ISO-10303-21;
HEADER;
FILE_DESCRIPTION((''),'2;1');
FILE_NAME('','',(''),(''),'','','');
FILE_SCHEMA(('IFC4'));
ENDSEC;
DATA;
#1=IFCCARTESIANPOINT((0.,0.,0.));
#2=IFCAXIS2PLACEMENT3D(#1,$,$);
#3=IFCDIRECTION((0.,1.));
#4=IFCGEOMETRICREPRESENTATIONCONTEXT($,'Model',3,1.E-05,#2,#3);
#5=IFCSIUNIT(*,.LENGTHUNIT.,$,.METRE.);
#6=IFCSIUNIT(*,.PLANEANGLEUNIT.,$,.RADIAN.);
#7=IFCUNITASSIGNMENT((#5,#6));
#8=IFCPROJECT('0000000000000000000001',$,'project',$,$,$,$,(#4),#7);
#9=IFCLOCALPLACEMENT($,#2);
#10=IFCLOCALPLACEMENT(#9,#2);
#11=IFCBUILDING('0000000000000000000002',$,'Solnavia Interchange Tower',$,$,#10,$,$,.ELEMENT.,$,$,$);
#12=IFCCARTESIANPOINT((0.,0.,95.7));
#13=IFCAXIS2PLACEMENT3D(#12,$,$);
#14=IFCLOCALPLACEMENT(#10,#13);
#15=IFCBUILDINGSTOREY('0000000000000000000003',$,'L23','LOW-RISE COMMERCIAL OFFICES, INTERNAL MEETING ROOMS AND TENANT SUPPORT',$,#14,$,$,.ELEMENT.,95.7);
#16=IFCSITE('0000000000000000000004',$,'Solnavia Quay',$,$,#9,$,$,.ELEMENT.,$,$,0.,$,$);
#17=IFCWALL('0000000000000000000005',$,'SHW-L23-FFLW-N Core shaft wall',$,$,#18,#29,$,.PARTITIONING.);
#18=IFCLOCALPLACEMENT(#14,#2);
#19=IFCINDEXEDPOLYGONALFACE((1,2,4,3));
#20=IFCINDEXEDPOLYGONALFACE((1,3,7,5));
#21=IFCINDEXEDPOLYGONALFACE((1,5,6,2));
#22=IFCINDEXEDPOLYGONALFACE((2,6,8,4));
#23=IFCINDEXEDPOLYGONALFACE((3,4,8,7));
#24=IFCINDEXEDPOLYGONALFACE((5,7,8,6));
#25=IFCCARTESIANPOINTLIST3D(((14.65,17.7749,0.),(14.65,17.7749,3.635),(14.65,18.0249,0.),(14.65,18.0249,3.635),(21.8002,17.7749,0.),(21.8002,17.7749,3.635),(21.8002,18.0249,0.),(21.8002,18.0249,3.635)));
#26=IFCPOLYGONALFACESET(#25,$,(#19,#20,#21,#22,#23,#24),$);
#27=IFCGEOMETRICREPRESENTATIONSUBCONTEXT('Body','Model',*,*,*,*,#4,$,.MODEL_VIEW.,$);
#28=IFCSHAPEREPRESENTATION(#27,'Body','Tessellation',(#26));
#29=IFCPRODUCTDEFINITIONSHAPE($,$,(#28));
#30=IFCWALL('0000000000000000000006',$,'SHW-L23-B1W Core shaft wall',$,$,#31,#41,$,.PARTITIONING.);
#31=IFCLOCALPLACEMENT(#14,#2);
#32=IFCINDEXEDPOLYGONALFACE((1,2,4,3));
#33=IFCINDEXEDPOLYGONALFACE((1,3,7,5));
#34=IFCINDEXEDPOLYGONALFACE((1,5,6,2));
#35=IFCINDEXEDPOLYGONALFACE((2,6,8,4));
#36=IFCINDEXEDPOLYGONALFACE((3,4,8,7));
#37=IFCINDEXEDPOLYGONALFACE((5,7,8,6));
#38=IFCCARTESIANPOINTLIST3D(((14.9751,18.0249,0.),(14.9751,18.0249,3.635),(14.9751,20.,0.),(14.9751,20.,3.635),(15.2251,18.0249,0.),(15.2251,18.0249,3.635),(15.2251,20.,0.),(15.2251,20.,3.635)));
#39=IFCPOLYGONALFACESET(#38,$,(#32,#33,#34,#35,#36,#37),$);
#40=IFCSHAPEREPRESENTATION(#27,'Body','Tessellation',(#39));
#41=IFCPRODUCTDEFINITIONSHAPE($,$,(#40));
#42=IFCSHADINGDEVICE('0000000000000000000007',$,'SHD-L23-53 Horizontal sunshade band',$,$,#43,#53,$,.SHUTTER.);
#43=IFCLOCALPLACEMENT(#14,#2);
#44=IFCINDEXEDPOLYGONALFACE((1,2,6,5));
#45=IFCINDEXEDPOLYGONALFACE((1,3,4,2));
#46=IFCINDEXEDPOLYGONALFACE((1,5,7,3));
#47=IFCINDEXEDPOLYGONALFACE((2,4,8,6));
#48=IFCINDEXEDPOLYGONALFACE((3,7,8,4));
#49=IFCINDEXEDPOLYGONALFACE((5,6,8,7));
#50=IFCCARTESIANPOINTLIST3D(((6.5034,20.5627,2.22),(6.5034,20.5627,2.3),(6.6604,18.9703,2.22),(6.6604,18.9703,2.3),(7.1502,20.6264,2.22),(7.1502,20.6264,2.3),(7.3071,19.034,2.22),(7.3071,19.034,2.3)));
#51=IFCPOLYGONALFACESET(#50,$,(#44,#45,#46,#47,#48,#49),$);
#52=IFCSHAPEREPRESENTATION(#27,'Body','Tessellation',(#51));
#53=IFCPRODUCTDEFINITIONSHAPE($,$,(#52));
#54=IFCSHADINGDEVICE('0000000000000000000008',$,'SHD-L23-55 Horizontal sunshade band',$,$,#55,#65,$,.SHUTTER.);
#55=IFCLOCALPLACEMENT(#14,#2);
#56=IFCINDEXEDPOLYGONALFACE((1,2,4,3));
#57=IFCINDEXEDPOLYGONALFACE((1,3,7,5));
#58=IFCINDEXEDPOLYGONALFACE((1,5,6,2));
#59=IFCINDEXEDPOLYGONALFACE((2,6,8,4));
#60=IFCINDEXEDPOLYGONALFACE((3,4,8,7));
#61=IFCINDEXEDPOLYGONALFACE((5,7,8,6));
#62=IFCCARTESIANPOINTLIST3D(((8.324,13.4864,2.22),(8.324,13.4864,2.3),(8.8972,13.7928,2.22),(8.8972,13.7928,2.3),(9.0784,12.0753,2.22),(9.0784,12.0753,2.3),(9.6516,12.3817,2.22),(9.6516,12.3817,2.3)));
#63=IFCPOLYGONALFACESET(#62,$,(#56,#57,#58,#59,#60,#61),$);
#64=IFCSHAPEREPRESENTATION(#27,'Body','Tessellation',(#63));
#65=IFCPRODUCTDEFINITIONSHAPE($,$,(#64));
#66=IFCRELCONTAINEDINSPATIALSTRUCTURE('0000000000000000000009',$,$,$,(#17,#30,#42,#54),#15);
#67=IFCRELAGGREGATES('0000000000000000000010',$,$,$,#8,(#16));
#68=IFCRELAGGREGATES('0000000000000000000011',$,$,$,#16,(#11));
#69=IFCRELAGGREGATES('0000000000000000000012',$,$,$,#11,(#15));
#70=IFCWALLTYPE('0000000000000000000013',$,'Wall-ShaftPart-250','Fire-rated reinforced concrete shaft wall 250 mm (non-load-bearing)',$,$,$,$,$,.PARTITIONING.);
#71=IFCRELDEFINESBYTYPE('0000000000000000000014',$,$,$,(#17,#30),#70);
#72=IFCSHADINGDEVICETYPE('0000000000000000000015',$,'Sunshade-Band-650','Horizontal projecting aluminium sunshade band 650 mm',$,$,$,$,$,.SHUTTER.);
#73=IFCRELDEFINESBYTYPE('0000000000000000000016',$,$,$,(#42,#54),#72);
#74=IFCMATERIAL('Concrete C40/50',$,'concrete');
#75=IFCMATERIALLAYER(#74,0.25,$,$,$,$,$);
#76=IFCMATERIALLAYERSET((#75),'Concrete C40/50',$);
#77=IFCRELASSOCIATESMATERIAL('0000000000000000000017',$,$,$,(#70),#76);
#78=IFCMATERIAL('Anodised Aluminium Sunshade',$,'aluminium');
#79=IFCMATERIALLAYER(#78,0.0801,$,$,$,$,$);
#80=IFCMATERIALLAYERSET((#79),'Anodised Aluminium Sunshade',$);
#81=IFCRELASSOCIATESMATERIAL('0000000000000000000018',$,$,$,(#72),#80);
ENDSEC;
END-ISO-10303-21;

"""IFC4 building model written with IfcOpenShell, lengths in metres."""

from ifc_helpers import new_model, si_unit, direction, frame, frame_2d, origin, origin_2d, place, context, subcontext, project, spatial, rectangle, extrude, material, layer, layer_set, type_object, element, save


model = new_model("IFC4")

# Units and contexts
model_context = context("Model", 3, precision=1e-05, world=origin(), true_north=direction((0.0, 1.0)))
body_context = subcontext(model_context, "Body", "Model", "MODEL_VIEW")
ifc_project = project(units=[si_unit("LENGTHUNIT", "METRE"), si_unit("PLANEANGLEUNIT", "RADIAN")], contexts=[model_context])

# Site, building, storey
site_placement = place(None, origin())
site = spatial("IfcSite", under=ifc_project, at=site_placement, Name="Solnavia Quay", CompositionType="ELEMENT", RefElevation=0.0)
building_placement = place(site_placement, origin())
building = spatial("IfcBuilding", under=site, at=building_placement, Name="Solnavia Interchange Tower", CompositionType="ELEMENT")
storey_placement = place(building_placement, frame((0.0, 0.0, 95.7)))
storey = spatial("IfcBuildingStorey", under=building, at=storey_placement, Name="L23", Description="LOW-RISE COMMERCIAL OFFICES, INTERNAL MEETING ROOMS AND TENANT SUPPORT", CompositionType="ELEMENT", Elevation=95.7)

# Shared definitions
ifc_material_1 = material(Name="Concrete C40/50", Category="concrete")

# Walls
ifc_layer_1 = layer(ifc_material_1, 0.25)
ifc_layer_set_1 = layer_set([ifc_layer_1], Name="Concrete C40/50")
wall_type_1 = type_object("IfcWallType", Name="Wall-ShaftPart-250", Description="Fire-rated reinforced concrete shaft wall 250 mm (non-load-bearing)", PredefinedType="PARTITIONING", material=ifc_layer_set_1)
wall_1_placement = place(storey_placement, frame((14.6499, 17.8999, 0.0), z_axis=(0.0, 0.0, 1.0), x_axis=(1.0, 0.0, 0.0)))
element("IfcWall", 1, at=wall_1_placement, inside=storey, type_object=wall_type_1, Name="SHW-L23-FFLW-N Core shaft wall", PredefinedType="PARTITIONING", context=body_context, shape_type="SweptSolid", body=[
    extrude(rectangle(XDim=7.1501, YDim=0.25, at=frame_2d((3.5752, 0.0))), origin(), (0.0, 0.0, 1.0), 3.635),
])
wall_2_placement = place(storey_placement, frame((15.1001, 18.0249, 0.0), z_axis=(0.0, 0.0, 1.0), x_axis=(0.0, 1.0, 0.0)))
element("IfcWall", 2, at=wall_2_placement, inside=storey, type_object=wall_type_1, Name="SHW-L23-B1W Core shaft wall", PredefinedType="PARTITIONING", context=body_context, shape_type="SweptSolid", body=[
    extrude(rectangle(XDim=1.9751, YDim=0.25, at=frame_2d((0.9875, 0.0))), origin(), (0.0, 0.0, 1.0), 3.635),
])

# Shading devices
ifc_material_2 = material(Name="Anodised Aluminium Sunshade", Category="aluminium")
ifc_layer_2 = layer(ifc_material_2, 0.0801)
ifc_layer_set_2 = layer_set([ifc_layer_2], Name="Anodised Aluminium Sunshade")
shading_device_type = type_object("IfcShadingDeviceType", Name="Sunshade-Band-650", Description="Horizontal projecting aluminium sunshade band 650 mm", PredefinedType="SHUTTER", material=ifc_layer_set_2)
for number, where, z_axis, x_axis, name in (
    (3, (6.9053, 19.7983, 2.22), (0.0, 0.0, 1.0), (-0.098104, 0.995176, 0.0), "SHD-L23-53 Horizontal sunshade band"),
    (4, (8.9878, 12.9341, 2.22), (0.0, 0.0, 1.0), (-0.471474, 0.88188, 0.0), "SHD-L23-55 Horizontal sunshade band"),
):
    element("IfcShadingDevice", number, at=place(storey_placement, frame(where, z_axis=z_axis, x_axis=x_axis)), inside=storey, type_object=shading_device_type, Name=name, PredefinedType="SHUTTER", context=body_context, shape_type="SweptSolid", body=[
        extrude(rectangle(XDim=1.6001, YDim=0.6499, at=origin_2d()), origin(), (0.0, 0.0, 1.0), 0.0801),
    ])

save(model, "model.ifc")
